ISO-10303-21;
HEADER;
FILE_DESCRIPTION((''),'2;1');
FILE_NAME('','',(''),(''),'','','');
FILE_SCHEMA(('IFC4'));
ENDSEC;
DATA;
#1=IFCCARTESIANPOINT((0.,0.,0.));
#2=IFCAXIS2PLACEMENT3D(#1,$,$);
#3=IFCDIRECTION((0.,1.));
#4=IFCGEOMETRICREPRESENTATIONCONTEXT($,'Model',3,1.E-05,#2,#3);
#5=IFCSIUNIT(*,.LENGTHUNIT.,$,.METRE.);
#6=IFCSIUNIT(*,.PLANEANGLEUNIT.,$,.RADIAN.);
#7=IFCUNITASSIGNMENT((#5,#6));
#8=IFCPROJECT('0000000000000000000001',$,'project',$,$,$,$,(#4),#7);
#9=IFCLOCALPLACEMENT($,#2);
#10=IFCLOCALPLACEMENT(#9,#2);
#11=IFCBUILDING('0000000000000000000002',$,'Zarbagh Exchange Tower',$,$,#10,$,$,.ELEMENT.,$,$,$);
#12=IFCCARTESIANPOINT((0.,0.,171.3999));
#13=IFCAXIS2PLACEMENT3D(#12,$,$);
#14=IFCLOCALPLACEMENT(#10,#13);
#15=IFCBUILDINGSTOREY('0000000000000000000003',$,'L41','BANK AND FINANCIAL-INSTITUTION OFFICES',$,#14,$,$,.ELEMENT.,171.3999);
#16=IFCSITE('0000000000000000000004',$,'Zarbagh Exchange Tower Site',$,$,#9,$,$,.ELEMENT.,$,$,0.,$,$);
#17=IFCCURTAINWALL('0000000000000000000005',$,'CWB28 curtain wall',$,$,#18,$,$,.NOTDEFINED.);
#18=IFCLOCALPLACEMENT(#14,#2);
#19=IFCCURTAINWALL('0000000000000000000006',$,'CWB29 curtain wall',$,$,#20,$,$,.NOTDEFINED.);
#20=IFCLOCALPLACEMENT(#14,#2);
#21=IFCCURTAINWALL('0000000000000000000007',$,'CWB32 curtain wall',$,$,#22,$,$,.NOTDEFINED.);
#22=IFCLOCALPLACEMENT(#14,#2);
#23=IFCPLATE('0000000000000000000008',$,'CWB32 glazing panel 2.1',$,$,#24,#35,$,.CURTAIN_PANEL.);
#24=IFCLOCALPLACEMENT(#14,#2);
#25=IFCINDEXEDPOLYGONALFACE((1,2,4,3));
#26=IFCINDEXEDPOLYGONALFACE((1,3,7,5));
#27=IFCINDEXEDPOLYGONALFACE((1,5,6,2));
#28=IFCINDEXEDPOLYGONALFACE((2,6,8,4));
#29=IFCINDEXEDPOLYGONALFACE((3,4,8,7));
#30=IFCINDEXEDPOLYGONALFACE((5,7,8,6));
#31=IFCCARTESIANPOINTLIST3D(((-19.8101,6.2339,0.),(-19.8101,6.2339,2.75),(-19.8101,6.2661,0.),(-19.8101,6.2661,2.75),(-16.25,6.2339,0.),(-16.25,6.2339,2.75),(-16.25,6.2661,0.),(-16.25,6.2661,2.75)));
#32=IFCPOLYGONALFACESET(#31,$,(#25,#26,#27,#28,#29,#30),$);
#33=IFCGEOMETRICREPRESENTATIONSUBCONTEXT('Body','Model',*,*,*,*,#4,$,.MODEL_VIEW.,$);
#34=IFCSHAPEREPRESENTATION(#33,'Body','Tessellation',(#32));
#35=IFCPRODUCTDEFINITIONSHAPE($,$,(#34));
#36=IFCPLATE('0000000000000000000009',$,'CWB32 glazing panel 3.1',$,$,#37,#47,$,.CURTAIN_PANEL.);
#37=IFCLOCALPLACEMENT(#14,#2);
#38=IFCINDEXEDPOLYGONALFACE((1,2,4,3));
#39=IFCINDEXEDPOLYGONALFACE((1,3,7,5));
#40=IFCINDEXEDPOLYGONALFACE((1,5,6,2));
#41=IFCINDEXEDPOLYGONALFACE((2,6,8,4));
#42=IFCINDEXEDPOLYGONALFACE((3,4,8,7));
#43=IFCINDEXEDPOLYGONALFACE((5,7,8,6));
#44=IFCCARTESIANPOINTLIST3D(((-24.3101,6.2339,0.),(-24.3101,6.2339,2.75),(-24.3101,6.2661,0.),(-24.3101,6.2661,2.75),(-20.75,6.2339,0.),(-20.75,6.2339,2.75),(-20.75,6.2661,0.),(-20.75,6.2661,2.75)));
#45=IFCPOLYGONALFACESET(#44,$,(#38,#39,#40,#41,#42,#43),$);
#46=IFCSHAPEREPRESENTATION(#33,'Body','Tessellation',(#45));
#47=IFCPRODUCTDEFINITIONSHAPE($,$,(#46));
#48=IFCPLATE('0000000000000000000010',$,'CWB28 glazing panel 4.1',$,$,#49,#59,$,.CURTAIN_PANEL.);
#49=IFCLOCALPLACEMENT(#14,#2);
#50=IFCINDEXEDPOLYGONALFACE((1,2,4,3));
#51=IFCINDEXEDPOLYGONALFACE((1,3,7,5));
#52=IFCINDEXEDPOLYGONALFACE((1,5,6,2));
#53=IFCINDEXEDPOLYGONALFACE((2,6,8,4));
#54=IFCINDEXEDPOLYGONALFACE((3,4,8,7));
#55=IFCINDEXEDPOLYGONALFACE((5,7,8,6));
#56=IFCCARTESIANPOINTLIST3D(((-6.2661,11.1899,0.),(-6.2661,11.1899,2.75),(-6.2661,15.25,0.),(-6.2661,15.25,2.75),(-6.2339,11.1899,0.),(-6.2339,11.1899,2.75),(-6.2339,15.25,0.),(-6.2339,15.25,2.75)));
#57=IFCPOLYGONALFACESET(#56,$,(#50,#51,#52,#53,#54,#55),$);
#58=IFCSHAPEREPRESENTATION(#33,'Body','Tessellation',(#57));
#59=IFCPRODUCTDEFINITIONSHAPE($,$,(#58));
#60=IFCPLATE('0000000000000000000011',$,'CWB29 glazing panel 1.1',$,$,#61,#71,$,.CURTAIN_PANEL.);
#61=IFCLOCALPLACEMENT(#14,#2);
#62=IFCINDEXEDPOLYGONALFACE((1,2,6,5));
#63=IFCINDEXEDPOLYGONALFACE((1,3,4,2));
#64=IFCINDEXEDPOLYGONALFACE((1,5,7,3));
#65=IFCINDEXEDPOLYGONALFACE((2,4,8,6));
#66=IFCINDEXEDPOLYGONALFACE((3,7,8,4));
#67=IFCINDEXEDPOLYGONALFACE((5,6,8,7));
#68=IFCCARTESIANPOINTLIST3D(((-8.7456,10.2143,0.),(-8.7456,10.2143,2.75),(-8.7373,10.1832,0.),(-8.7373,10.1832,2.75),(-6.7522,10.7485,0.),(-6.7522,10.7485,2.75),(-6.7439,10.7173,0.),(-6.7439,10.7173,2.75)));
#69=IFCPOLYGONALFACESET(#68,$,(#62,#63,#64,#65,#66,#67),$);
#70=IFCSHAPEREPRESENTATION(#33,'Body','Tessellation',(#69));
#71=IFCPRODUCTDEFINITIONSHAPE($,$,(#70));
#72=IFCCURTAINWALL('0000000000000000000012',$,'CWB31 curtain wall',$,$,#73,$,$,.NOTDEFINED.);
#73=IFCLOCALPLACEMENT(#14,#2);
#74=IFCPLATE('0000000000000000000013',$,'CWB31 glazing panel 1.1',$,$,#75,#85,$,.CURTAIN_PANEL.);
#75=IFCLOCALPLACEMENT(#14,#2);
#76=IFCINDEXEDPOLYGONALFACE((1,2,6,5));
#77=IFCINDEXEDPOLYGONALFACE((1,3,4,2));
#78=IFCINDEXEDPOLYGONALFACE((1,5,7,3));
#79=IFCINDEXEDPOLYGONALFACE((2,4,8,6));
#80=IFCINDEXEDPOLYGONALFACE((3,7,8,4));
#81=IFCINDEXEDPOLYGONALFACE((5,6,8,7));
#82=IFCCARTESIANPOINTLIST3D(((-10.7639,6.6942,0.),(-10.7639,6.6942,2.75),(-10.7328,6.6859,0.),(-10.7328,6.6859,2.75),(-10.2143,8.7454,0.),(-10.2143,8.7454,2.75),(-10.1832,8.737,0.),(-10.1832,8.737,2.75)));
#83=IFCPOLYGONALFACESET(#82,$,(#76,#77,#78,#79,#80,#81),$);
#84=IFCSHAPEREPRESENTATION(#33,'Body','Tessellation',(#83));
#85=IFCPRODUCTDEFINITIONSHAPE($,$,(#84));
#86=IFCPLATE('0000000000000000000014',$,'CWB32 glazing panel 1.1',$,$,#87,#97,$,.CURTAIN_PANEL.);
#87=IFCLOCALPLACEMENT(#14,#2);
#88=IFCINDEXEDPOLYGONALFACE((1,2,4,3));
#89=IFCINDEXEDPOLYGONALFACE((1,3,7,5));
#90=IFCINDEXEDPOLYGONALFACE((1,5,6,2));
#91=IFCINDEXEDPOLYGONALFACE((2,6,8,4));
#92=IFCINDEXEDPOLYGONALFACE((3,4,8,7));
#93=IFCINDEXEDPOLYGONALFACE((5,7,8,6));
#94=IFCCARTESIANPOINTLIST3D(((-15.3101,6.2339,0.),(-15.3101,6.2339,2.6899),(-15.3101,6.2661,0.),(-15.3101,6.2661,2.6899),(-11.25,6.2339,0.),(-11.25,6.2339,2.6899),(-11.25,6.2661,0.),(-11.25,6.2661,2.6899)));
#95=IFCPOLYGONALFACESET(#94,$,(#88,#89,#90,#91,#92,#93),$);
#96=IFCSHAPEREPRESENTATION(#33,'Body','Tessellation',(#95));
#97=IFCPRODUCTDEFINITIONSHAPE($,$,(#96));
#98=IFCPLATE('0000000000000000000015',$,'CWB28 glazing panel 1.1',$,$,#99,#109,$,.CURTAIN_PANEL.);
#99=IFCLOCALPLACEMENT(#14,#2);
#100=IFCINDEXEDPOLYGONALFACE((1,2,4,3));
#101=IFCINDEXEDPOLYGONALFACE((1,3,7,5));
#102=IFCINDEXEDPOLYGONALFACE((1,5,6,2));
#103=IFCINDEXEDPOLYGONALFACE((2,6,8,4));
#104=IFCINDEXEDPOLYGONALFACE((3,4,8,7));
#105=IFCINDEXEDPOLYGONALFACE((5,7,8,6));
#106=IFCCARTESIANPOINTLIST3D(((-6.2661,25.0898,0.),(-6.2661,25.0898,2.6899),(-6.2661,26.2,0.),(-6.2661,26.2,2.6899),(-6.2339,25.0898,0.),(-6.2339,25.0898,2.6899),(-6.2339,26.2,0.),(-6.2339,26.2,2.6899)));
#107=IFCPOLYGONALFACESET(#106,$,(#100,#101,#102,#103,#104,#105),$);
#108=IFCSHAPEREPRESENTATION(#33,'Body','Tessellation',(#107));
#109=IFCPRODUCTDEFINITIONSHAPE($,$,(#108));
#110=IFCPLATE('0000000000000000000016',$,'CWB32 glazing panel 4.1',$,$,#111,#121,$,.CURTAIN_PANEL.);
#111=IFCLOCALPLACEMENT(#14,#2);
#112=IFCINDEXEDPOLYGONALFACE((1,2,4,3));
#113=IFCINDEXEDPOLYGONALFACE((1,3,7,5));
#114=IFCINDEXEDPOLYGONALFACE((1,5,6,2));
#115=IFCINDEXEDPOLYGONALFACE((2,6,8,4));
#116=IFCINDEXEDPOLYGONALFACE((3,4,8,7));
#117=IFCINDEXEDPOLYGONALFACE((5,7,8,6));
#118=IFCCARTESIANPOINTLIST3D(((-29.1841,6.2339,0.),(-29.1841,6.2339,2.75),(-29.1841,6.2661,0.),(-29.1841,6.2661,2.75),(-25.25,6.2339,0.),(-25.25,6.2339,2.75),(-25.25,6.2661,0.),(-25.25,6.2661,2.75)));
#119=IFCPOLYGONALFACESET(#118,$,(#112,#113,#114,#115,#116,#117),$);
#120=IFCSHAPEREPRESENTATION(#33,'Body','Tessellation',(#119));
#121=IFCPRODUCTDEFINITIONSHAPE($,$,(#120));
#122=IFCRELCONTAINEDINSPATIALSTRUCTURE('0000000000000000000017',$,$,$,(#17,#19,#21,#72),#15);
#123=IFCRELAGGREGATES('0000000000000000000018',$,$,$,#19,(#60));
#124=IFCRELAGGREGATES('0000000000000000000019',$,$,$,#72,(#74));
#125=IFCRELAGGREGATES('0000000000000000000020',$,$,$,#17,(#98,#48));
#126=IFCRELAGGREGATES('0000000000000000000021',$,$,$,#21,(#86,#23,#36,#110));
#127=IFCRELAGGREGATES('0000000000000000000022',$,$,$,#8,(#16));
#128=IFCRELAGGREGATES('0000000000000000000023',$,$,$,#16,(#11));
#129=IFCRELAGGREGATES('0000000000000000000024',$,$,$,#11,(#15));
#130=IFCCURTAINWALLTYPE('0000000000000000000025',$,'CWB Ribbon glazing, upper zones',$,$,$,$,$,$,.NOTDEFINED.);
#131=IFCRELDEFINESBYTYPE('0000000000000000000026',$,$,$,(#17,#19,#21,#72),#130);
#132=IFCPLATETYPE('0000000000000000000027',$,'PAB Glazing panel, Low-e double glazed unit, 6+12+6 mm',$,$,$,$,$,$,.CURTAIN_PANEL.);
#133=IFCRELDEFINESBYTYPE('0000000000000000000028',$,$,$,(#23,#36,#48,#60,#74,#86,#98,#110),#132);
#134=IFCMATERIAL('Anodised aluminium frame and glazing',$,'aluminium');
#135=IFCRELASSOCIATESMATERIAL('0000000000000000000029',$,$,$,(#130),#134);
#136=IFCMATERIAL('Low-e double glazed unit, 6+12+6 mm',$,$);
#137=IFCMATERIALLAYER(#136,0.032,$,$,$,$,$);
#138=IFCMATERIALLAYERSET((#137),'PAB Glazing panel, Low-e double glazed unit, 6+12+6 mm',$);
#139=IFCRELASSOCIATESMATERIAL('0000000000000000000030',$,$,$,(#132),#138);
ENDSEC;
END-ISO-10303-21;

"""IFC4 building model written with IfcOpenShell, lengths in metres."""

from ifc_helpers import new_model, si_unit, direction, frame, origin, place, context, subcontext, project, spatial, polyline, outline, extrude, source, transform, mapped, material, layer, layer_set, type_object, element, aggregate, save


model = new_model("IFC4")

# Units and contexts
model_context = context("Model", 3, precision=1e-05, world=origin(), true_north=direction((0.0, 1.0)))
body_context = subcontext(model_context, "Body", "Model", "MODEL_VIEW")
ifc_project = project(units=[si_unit("LENGTHUNIT", "METRE"), si_unit("PLANEANGLEUNIT", "RADIAN")], contexts=[model_context])

# Site, building, storey
site_placement = place(None, origin())
site = spatial("IfcSite", under=ifc_project, at=site_placement, Name="Zarbagh Exchange Tower Site", CompositionType="ELEMENT", RefElevation=0.0)
building_placement = place(site_placement, origin())
building = spatial("IfcBuilding", under=site, at=building_placement, Name="Zarbagh Exchange Tower", CompositionType="ELEMENT")
storey_placement = place(building_placement, frame((0.0, 0.0, 171.3999)))
storey = spatial("IfcBuildingStorey", under=building, at=storey_placement, Name="L41", Description="BANK AND FINANCIAL-INSTITUTION OFFICES", CompositionType="ELEMENT", Elevation=171.3999)

# Curtain wall
ifc_material_1 = material(Name="Anodised aluminium frame and glazing", Category="aluminium")
curtain_wall_type = type_object("IfcCurtainWallType", Name="CWB Ribbon glazing, upper zones", PredefinedType="NOTDEFINED", material=ifc_material_1)
curtain_wall_1_placement = place(storey_placement, origin())
curtain_wall_1 = element("IfcCurtainWall", 1, at=curtain_wall_1_placement, inside=storey, type_object=curtain_wall_type, Name="CWB28 curtain wall", PredefinedType="NOTDEFINED")
placement = place(storey_placement, origin())

# Curtain wall
curtain_wall_2_placement = place(storey_placement, origin())
curtain_wall_2 = element("IfcCurtainWall", 2, at=curtain_wall_2_placement, inside=storey, type_object=curtain_wall_type, Name="CWB29 curtain wall", PredefinedType="NOTDEFINED")

# Curtain wall
curtain_wall_3_placement = place(storey_placement, origin())
curtain_wall_3 = element("IfcCurtainWall", 3, at=curtain_wall_3_placement, inside=storey, type_object=curtain_wall_type, Name="CWB32 curtain wall", PredefinedType="NOTDEFINED")

# Shared definitions
ifc_material_2 = material(Name="Low-e double glazed unit, 6+12+6 mm")
ifc_layer = layer(ifc_material_2, 0.032)
ifc_layer_set = layer_set([ifc_layer], Name="PAB Glazing panel, Low-e double glazed unit, 6+12+6 mm")
plate_type = type_object("IfcPlateType", Name="PAB Glazing panel, Low-e double glazed unit, 6+12+6 mm", PredefinedType="CURTAIN_PANEL", material=ifc_layer_set)

# Plates
shared_shape_1 = source(origin(), body_context, "Body", "SweptSolid", [
    extrude(outline(polyline([(0.0, -0.0161), (3.5601, -0.0161), (3.5601, 0.0161), (0.0, 0.0161), (0.0, -0.0161)])), origin(), (0.0, 0.0, 1.0), 2.75),
])
plate_1 = element("IfcPlate", 4, at=placement, type_object=plate_type, Name="CWB32 glazing panel 2.1", PredefinedType="CURTAIN_PANEL", context=body_context, shape_type="MappedRepresentation", body=[
    mapped(shared_shape_1, transform((-16.25, 6.25, 0.0), x_axis=(-1.0, 0.0, 0.0), y_axis=(0.0, -1.0, 0.0), z_axis=(0.0, 0.0, 1.0))),
])
plate_2 = element("IfcPlate", 5, at=placement, type_object=plate_type, Name="CWB32 glazing panel 3.1", PredefinedType="CURTAIN_PANEL", context=body_context, shape_type="MappedRepresentation", body=[
    mapped(shared_shape_1, transform((-20.75, 6.25, 0.0), x_axis=(-1.0, 0.0, 0.0), y_axis=(0.0, -1.0, 0.0), z_axis=(0.0, 0.0, 1.0))),
])
shared_shape_2 = source(origin(), body_context, "Body", "SweptSolid", [
    extrude(outline(polyline([(0.0, -0.0161), (4.0601, -0.0161), (4.0601, 0.0161), (0.0, 0.0161), (0.0, -0.0161)])), origin(), (0.0, 0.0, 1.0), 2.75),
])
plate_3 = element("IfcPlate", 6, at=placement, type_object=plate_type, Name="CWB28 glazing panel 4.1", PredefinedType="CURTAIN_PANEL", context=body_context, shape_type="MappedRepresentation", body=[
    mapped(shared_shape_2, transform((-6.25, 15.25, 0.0), x_axis=(0.0, -1.0, 0.0), y_axis=(1.0, 0.0, 0.0), z_axis=(0.0, 0.0, 1.0))),
])
shared_shape_3 = source(origin(), body_context, "Body", "SweptSolid", [
    extrude(outline(polyline([(0.0, -0.0161), (2.0637, -0.0161), (2.0637, 0.0161), (0.0, 0.0161), (0.0, -0.0161)])), origin(), (0.0, 0.0, 1.0), 2.75),
])
plate_4 = element("IfcPlate", 7, at=placement, type_object=plate_type, Name="CWB29 glazing panel 1.1", PredefinedType="CURTAIN_PANEL", context=body_context, shape_type="MappedRepresentation", body=[
    mapped(shared_shape_3, transform((-6.748, 10.7329, 0.0), x_axis=(-0.965924, -0.258825, 0.0), y_axis=(0.258825, -0.965924, 0.0), z_axis=(0.0, 0.0, 1.0))),
])
aggregate(curtain_wall_2, [plate_4])

# Curtain wall, plate
curtain_wall_4_placement = place(storey_placement, origin())
curtain_wall_4 = element("IfcCurtainWall", 8, at=curtain_wall_4_placement, inside=storey, type_object=curtain_wall_type, Name="CWB31 curtain wall", PredefinedType="NOTDEFINED")
shared_shape_4 = source(origin(), body_context, "Body", "SweptSolid", [
    extrude(outline(polyline([(0.0, -0.0161), (2.1235, -0.0161), (2.1235, 0.0161), (0.0, 0.0161), (0.0, -0.0161)])), origin(), (0.0, 0.0, 1.0), 2.75),
])
plate_5 = element("IfcPlate", 9, at=placement, type_object=plate_type, Name="CWB31 glazing panel 1.1", PredefinedType="CURTAIN_PANEL", context=body_context, shape_type="MappedRepresentation", body=[
    mapped(shared_shape_4, transform((-10.1987, 8.7412, 0.0), x_axis=(-0.258825, -0.965924, 0.0), y_axis=(0.965924, -0.258825, 0.0), z_axis=(0.0, 0.0, 1.0))),
])
aggregate(curtain_wall_4, [plate_5])

# Plates
shared_shape_5 = source(origin(), body_context, "Body", "SweptSolid", [
    extrude(outline(polyline([(0.0, -0.0161), (4.0601, -0.0161), (4.0601, 0.0161), (0.0, 0.0161), (0.0, -0.0161)])), origin(), (0.0, 0.0, 1.0), 2.6899),
])
plate_6 = element("IfcPlate", 10, at=placement, type_object=plate_type, Name="CWB32 glazing panel 1.1", PredefinedType="CURTAIN_PANEL", context=body_context, shape_type="MappedRepresentation", body=[
    mapped(shared_shape_5, transform((-11.25, 6.25, 0.0), x_axis=(-1.0, 0.0, 0.0), y_axis=(0.0, -1.0, 0.0), z_axis=(0.0, 0.0, 1.0))),
])
shared_shape_6 = source(origin(), body_context, "Body", "SweptSolid", [
    extrude(outline(polyline([(0.0, -0.0161), (1.1101, -0.0161), (1.1101, 0.0161), (0.0, 0.0161), (0.0, -0.0161)])), origin(), (0.0, 0.0, 1.0), 2.6899),
])
plate_7 = element("IfcPlate", 11, at=placement, type_object=plate_type, Name="CWB28 glazing panel 1.1", PredefinedType="CURTAIN_PANEL", context=body_context, shape_type="MappedRepresentation", body=[
    mapped(shared_shape_6, transform((-6.25, 26.2, 0.0), x_axis=(0.0, -1.0, 0.0), y_axis=(1.0, 0.0, 0.0), z_axis=(0.0, 0.0, 1.0))),
])
aggregate(curtain_wall_1, [plate_7, plate_3])
shared_shape_7 = source(origin(), body_context, "Body", "SweptSolid", [
    extrude(outline(polyline([(0.0, -0.0161), (3.9341, -0.0161), (3.9341, 0.0161), (0.0, 0.0161), (0.0, -0.0161)])), origin(), (0.0, 0.0, 1.0), 2.75),
])
plate_8 = element("IfcPlate", 12, at=placement, type_object=plate_type, Name="CWB32 glazing panel 4.1", PredefinedType="CURTAIN_PANEL", context=body_context, shape_type="MappedRepresentation", body=[
    mapped(shared_shape_7, transform((-25.25, 6.25, 0.0), x_axis=(-1.0, 0.0, 0.0), y_axis=(0.0, -1.0, 0.0), z_axis=(0.0, 0.0, 1.0))),
])
aggregate(curtain_wall_3, [plate_6, plate_1, plate_2, plate_8])

save(model, "model.ifc")
